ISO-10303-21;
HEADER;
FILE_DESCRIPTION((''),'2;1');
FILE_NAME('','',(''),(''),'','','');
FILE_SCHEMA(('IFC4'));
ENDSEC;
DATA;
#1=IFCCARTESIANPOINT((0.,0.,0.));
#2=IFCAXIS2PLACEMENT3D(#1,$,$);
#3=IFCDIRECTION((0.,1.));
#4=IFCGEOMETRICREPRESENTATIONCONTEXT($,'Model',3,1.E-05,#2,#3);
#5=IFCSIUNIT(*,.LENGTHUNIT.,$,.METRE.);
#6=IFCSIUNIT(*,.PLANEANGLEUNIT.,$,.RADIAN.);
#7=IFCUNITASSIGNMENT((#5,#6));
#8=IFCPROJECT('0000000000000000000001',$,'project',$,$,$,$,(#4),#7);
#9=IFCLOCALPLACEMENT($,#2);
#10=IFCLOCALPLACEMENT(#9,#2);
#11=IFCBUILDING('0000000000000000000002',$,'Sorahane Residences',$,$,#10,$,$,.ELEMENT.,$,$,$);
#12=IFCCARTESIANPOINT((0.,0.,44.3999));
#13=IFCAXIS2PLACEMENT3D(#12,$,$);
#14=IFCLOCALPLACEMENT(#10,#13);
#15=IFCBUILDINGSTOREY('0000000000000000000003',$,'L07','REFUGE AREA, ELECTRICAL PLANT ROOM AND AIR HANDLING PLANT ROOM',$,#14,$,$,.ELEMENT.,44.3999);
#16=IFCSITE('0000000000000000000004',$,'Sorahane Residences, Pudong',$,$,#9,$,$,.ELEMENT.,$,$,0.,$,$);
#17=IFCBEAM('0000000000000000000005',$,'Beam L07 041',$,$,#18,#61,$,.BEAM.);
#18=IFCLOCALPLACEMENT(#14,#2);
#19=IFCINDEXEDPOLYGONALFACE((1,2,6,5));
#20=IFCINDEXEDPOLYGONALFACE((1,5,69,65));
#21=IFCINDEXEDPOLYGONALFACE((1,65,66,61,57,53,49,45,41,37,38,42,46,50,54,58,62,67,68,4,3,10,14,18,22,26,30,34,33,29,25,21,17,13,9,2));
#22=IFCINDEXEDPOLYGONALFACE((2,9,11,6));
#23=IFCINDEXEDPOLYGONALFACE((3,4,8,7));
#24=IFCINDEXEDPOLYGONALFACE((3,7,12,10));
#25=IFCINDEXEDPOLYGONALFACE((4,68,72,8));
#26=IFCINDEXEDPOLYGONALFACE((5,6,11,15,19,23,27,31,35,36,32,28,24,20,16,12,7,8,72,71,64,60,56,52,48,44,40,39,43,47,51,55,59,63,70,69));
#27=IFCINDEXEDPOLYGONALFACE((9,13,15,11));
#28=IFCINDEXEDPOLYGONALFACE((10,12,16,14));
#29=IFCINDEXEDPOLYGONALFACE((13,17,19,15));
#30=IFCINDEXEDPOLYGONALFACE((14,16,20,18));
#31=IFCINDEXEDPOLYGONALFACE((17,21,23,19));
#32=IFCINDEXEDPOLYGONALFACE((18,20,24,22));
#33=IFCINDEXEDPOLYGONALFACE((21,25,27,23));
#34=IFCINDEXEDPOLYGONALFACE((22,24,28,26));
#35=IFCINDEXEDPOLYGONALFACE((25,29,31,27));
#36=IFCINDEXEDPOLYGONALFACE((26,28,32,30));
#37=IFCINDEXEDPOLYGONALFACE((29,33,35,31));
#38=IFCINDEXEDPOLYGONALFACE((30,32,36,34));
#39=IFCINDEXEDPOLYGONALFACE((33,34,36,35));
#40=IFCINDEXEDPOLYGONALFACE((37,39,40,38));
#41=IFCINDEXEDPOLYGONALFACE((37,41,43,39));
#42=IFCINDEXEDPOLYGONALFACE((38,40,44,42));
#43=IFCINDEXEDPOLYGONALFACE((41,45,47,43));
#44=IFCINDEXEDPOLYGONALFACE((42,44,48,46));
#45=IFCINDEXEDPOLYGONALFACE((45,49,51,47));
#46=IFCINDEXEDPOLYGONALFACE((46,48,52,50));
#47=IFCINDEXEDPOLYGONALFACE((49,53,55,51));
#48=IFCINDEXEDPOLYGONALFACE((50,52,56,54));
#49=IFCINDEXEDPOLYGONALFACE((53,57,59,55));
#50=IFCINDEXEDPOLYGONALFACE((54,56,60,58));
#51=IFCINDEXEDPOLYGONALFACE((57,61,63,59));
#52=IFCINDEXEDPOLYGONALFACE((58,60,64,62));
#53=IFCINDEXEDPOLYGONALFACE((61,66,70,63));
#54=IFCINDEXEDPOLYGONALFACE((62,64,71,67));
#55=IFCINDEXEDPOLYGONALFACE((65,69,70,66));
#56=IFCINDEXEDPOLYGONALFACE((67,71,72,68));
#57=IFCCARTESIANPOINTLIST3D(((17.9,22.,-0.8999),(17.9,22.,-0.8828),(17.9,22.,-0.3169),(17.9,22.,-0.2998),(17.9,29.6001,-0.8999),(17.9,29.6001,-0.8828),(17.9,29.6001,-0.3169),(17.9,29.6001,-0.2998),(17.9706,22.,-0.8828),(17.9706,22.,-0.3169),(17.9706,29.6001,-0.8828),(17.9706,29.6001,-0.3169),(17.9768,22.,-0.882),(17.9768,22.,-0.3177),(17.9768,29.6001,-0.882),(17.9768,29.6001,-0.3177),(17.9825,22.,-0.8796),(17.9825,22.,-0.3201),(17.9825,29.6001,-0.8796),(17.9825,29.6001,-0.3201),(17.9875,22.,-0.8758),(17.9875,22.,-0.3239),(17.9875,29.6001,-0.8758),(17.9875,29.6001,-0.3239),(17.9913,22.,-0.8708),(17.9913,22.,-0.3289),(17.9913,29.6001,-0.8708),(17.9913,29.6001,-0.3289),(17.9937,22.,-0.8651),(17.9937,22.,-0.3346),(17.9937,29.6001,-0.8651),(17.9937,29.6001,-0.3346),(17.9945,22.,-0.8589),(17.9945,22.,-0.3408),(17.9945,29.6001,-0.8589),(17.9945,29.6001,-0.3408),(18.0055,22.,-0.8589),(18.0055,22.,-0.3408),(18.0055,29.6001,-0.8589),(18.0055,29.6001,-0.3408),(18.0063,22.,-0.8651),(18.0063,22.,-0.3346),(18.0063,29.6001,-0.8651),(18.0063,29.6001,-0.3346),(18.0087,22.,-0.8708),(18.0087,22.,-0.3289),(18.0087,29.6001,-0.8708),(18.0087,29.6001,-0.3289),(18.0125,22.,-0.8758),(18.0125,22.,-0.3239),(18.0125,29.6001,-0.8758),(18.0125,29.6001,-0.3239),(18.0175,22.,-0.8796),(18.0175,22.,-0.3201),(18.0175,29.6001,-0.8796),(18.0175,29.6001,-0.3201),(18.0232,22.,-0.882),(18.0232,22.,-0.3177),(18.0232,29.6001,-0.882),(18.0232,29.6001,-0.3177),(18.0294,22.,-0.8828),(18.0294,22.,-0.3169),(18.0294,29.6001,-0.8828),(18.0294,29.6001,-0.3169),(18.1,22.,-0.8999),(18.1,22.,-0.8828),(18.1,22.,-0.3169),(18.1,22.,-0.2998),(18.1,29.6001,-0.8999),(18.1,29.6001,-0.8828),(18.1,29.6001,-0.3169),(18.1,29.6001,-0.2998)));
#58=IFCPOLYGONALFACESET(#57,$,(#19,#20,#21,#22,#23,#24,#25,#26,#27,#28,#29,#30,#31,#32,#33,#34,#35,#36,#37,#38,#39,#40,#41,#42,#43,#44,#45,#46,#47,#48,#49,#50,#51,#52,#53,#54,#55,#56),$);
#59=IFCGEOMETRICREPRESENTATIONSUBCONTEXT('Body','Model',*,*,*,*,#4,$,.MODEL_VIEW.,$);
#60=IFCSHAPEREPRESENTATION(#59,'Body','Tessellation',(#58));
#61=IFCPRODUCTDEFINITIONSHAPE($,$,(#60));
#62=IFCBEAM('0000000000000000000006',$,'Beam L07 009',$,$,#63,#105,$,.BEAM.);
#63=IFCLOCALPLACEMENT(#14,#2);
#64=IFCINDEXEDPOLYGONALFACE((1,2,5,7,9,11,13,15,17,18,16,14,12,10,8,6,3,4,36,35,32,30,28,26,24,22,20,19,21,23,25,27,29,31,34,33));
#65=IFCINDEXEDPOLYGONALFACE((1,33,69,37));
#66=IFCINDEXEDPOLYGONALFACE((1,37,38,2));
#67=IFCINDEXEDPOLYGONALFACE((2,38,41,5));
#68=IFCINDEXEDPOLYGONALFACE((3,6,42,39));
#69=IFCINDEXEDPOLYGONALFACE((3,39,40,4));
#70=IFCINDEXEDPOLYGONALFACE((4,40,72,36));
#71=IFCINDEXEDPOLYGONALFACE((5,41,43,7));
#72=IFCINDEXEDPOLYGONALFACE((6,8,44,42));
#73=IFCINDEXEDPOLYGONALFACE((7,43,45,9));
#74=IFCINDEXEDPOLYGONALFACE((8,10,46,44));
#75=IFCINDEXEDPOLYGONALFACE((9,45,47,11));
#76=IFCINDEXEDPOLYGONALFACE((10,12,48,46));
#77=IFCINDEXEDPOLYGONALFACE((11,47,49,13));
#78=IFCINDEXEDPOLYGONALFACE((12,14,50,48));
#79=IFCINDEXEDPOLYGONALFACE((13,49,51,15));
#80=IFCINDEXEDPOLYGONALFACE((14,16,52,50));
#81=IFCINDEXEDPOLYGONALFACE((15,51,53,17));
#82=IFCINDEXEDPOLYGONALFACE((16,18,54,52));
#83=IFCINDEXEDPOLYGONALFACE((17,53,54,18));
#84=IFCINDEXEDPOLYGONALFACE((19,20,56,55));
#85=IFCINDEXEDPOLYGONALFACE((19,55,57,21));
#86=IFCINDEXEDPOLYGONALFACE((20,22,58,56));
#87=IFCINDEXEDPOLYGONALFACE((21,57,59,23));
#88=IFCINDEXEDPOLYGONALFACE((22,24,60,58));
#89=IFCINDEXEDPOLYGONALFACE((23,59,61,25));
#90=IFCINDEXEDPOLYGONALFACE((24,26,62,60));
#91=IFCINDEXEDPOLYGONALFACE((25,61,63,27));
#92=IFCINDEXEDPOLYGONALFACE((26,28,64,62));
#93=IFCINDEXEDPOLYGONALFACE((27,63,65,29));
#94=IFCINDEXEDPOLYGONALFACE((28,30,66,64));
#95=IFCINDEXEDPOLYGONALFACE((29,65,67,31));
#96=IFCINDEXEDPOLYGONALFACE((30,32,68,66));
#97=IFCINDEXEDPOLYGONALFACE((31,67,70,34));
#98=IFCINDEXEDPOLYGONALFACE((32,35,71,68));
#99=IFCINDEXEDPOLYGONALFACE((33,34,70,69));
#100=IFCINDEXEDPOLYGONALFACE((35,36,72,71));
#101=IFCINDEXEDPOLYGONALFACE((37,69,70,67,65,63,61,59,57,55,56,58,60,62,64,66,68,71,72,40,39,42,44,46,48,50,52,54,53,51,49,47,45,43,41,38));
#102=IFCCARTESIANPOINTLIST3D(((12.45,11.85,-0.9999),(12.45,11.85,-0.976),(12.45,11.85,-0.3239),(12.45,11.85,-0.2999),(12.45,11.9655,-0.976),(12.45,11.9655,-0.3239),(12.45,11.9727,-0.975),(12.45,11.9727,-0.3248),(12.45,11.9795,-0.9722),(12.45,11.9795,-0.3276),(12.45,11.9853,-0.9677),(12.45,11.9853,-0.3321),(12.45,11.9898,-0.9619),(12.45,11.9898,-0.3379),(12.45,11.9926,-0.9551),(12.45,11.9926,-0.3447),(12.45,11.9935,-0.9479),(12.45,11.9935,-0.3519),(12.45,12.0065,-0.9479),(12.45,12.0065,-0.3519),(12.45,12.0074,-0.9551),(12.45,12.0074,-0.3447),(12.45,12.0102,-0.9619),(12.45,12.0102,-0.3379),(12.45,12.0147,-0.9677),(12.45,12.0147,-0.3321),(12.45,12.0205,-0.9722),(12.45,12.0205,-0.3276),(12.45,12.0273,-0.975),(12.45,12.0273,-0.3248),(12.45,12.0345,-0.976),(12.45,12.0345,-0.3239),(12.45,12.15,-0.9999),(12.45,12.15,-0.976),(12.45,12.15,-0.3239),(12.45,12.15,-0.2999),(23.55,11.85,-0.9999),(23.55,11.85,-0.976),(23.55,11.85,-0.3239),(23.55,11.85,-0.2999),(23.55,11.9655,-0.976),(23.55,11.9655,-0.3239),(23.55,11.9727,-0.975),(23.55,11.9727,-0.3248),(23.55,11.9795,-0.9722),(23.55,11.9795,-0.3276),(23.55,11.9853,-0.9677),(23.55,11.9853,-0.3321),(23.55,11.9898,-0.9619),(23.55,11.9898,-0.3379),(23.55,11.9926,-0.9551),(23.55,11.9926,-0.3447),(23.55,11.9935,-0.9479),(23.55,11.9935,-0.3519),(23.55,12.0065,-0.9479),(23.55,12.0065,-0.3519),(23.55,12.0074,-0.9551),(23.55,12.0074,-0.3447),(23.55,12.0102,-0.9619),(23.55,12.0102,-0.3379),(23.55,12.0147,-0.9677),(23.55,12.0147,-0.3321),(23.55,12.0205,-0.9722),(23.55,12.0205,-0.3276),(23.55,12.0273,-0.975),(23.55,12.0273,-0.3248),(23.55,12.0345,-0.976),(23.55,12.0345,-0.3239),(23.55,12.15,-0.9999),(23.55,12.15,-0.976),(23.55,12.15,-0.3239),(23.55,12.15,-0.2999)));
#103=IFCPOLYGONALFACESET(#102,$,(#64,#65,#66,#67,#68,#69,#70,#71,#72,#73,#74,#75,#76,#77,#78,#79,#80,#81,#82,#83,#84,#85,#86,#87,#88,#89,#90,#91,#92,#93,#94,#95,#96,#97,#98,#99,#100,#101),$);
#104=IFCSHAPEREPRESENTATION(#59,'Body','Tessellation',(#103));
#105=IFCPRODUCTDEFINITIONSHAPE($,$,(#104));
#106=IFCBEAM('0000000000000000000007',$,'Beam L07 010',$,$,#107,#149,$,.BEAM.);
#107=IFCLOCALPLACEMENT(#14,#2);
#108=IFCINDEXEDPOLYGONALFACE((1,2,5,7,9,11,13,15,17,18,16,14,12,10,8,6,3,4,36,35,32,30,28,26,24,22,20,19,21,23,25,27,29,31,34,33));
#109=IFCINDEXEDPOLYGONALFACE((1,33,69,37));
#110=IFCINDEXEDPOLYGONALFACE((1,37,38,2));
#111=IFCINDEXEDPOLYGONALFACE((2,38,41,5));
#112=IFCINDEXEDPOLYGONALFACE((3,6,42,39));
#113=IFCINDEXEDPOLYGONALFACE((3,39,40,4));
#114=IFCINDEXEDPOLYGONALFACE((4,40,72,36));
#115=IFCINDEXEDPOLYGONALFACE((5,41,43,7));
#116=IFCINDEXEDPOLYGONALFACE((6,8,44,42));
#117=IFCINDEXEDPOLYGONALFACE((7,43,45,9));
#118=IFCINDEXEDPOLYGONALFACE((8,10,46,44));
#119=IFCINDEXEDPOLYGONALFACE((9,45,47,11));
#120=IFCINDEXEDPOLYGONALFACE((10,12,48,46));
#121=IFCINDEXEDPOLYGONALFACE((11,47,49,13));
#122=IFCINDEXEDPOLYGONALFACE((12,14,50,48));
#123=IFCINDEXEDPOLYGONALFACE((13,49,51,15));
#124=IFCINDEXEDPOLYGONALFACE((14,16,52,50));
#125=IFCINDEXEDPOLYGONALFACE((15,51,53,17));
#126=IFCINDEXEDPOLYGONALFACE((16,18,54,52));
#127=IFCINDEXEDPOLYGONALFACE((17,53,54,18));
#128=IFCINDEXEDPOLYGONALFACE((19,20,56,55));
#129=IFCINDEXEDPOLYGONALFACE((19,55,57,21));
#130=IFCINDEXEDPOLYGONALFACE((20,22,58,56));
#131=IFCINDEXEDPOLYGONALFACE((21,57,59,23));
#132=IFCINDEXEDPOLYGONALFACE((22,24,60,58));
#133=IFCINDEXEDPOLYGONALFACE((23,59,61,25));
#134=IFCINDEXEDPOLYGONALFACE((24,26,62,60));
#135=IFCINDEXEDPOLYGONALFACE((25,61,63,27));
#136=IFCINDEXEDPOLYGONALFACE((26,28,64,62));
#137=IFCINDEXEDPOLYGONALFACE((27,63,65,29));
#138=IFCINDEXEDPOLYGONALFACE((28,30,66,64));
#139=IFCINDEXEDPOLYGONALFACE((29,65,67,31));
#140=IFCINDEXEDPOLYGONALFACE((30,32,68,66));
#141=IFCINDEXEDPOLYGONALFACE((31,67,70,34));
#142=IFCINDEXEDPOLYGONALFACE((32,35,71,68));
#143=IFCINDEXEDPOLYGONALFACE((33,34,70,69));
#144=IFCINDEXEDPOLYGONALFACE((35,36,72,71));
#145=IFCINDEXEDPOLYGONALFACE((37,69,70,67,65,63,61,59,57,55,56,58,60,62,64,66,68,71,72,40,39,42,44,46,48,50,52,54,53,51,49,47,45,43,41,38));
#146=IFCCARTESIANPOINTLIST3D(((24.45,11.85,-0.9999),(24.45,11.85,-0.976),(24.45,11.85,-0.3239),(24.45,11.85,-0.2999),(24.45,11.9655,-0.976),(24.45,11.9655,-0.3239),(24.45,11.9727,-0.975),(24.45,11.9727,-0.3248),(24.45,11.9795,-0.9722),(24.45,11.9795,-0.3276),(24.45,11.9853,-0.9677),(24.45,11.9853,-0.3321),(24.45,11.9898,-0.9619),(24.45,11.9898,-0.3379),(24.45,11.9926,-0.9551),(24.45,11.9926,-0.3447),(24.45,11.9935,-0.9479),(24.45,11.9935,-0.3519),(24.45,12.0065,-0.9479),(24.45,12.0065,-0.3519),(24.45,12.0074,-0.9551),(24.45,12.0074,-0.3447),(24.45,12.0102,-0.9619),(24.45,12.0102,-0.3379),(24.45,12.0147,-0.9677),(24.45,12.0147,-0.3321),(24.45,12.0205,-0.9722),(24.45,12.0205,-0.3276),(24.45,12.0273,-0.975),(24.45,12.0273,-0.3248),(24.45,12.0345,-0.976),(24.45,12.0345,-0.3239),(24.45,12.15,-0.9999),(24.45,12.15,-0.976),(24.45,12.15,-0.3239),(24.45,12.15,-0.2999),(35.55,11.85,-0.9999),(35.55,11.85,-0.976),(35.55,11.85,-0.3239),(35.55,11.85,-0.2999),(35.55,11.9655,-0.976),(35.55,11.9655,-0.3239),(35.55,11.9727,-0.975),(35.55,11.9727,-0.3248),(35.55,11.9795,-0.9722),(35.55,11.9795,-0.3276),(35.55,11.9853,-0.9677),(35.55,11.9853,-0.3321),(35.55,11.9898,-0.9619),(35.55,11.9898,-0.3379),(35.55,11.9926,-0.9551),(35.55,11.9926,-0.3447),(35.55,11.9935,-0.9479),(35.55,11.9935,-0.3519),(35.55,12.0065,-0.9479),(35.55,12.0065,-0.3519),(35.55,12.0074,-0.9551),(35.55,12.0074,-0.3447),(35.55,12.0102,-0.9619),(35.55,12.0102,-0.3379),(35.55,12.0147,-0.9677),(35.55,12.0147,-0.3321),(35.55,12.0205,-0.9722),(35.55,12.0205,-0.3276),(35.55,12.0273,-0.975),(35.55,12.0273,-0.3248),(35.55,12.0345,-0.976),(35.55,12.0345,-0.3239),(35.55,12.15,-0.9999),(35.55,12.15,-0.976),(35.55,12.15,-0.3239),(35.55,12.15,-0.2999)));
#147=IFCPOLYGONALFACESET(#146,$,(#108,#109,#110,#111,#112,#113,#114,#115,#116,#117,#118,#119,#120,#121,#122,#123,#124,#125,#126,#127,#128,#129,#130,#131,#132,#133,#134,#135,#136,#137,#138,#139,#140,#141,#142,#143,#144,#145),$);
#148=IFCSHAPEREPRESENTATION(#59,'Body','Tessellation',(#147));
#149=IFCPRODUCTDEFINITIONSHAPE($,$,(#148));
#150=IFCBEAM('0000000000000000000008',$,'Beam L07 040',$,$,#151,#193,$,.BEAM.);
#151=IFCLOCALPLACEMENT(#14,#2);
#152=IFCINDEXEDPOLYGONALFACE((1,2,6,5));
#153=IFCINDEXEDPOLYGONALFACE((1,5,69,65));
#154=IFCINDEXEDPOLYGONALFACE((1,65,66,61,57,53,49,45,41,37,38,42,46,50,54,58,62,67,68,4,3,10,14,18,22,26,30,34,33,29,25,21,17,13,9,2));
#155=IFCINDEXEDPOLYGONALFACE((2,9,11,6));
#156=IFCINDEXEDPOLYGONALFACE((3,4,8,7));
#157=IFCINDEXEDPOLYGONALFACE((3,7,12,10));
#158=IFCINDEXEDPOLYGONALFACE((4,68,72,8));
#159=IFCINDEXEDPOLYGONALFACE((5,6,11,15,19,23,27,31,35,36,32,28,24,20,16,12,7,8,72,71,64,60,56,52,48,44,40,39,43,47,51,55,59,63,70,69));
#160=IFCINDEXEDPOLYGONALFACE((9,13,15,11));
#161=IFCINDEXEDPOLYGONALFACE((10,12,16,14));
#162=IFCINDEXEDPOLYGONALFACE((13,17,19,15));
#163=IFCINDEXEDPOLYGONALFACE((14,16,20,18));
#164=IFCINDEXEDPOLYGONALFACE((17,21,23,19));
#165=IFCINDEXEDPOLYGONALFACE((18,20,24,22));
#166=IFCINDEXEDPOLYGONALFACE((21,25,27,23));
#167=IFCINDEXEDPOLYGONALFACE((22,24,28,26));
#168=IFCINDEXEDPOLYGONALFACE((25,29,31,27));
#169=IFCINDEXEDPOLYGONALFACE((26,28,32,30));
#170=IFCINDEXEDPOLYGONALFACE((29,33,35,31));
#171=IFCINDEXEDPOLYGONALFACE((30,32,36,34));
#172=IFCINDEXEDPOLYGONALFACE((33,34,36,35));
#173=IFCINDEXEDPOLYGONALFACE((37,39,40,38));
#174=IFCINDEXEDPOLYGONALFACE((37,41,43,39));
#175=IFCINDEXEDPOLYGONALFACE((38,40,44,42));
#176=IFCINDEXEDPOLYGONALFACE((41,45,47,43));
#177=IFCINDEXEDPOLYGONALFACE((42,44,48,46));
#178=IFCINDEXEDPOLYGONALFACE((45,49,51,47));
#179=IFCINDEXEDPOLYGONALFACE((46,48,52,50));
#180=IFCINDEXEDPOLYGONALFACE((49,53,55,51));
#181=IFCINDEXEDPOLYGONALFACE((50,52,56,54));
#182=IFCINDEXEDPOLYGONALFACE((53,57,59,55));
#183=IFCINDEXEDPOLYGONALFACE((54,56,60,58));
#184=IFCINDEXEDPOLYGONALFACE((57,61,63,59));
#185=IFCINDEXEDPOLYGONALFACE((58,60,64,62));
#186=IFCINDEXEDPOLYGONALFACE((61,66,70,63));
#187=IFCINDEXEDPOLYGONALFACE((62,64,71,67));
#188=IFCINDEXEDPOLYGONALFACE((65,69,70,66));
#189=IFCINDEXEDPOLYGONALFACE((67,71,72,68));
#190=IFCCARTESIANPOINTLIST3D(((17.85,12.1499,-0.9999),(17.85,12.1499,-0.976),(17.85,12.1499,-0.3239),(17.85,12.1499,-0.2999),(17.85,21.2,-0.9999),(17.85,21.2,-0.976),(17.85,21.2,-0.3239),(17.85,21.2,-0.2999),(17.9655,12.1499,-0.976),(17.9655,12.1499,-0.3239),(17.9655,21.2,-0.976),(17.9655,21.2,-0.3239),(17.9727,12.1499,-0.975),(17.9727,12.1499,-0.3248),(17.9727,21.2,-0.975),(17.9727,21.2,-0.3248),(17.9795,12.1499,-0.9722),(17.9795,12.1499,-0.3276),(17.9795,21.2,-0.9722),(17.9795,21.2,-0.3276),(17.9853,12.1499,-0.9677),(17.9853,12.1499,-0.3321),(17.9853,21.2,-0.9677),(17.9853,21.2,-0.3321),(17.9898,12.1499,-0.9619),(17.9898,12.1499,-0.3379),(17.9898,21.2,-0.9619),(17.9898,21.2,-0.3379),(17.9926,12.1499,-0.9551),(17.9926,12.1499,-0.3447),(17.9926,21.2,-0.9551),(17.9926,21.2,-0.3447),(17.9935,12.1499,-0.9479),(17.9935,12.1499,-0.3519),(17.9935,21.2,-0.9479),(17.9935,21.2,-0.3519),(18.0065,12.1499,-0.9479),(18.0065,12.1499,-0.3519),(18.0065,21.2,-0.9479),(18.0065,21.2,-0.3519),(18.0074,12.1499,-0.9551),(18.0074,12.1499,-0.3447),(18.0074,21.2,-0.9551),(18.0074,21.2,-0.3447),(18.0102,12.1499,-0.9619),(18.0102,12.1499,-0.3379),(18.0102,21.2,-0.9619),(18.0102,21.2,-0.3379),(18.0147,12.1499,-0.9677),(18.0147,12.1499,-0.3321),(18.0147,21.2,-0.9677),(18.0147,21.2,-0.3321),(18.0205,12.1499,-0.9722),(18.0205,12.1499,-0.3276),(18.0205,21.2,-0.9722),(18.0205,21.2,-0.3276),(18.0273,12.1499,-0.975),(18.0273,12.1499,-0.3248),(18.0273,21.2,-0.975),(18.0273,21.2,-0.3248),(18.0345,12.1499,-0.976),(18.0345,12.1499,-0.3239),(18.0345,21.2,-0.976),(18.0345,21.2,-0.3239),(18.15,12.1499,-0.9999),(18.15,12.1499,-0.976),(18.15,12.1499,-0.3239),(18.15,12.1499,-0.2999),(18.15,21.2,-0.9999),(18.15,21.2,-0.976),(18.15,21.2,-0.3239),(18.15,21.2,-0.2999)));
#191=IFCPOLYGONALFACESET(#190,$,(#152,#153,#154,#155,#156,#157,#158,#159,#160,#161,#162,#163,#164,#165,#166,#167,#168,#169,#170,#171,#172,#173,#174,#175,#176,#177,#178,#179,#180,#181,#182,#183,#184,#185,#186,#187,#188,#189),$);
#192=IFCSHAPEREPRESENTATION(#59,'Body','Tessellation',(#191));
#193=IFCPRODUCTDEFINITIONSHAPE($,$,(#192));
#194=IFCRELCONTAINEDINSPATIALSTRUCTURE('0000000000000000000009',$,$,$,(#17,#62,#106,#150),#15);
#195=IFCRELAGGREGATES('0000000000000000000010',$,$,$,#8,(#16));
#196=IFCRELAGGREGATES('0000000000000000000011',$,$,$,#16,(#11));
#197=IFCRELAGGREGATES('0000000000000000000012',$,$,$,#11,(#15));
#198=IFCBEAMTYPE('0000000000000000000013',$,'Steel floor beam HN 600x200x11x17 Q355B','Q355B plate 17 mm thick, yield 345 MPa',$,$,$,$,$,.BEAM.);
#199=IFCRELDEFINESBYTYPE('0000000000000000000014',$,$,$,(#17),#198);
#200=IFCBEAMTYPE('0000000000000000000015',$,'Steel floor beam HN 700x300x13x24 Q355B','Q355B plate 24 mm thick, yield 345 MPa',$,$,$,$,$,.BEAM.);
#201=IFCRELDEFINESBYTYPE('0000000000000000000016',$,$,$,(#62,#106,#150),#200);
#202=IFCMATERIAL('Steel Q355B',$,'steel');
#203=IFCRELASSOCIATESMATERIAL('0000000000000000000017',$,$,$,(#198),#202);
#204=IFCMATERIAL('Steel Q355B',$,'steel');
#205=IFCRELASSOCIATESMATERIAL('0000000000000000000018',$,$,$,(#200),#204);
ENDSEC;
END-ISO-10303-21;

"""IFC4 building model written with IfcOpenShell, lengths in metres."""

from ifc_helpers import new_model, si_unit, direction, frame, origin, origin_2d, place, context, subcontext, project, spatial, i_section, extrude, material, material_profile, profile_set, type_object, element, save


model = new_model("IFC4")

# Units and contexts
model_context = context("Model", 3, precision=1e-05, world=origin(), true_north=direction((0.0, 1.0)))
body_context = subcontext(model_context, "Body", "Model", "MODEL_VIEW")
ifc_project = project(units=[si_unit("LENGTHUNIT", "METRE"), si_unit("PLANEANGLEUNIT", "RADIAN")], contexts=[model_context])

# Site, building, storey
site_placement = place(None, origin())
site = spatial("IfcSite", under=ifc_project, at=site_placement, Name="Sorahane Residences, Pudong", CompositionType="ELEMENT", RefElevation=0.0)
building_placement = place(site_placement, origin())
building = spatial("IfcBuilding", under=site, at=building_placement, Name="Sorahane Residences", CompositionType="ELEMENT")
storey_placement = place(building_placement, frame((0.0, 0.0, 44.3999)))
storey = spatial("IfcBuildingStorey", under=building, at=storey_placement, Name="L07", Description="REFUGE AREA, ELECTRICAL PLANT ROOM AND AIR HANDLING PLANT ROOM", CompositionType="ELEMENT", Elevation=44.3999)

# Beams
ifc_material_1 = material(Name="Steel Q355B", Category="steel")
ifc_material_profile_1 = material_profile(ifc_material_1, i_section(OverallWidth=0.2, OverallDepth=0.6001, WebThickness=0.011, FlangeThickness=0.0171, FilletRadius=0.0239, at=origin_2d()), Name="HN 600x200x11x17")
ifc_profile_set_1 = profile_set([ifc_material_profile_1], Name="Steel Q355B")
beam_type_1 = type_object("IfcBeamType", Name="Steel floor beam HN 600x200x11x17 Q355B", Description="Q355B plate 17 mm thick, yield 345 MPa", PredefinedType="BEAM", material=ifc_profile_set_1)
beam_1_placement = place(storey_placement, frame((18.0, 22.0, -0.5999), z_axis=(0.0, 1.0, 0.0), x_axis=(-1.0, 0.0, 0.0)))
element("IfcBeam", 1, at=beam_1_placement, inside=storey, type_object=beam_type_1, Name="Beam L07 041", PredefinedType="BEAM", context=body_context, shape_type="SweptSolid", body=[
    extrude(i_section(OverallWidth=0.2, OverallDepth=0.6001, WebThickness=0.011, FlangeThickness=0.0171, FilletRadius=0.0239, at=origin_2d()), origin(), (0.0, 0.0, 1.0), 7.6001),
])
ifc_material_2 = material(Name="Steel Q355B", Category="steel")
ifc_material_profile_2 = material_profile(ifc_material_2, i_section(OverallWidth=0.3, OverallDepth=0.7, WebThickness=0.0129, FlangeThickness=0.0239, FilletRadius=0.0281, at=origin_2d()), Name="HN 700x300x13x24")
ifc_profile_set_2 = profile_set([ifc_material_profile_2], Name="Steel Q355B")
beam_type_2 = type_object("IfcBeamType", Name="Steel floor beam HN 700x300x13x24 Q355B", Description="Q355B plate 24 mm thick, yield 345 MPa", PredefinedType="BEAM", material=ifc_profile_set_2)
for number, where, z_axis, x_axis, name in (
    (2, (12.45, 12.0, -0.6499), (1.0, 0.0, 0.0), (0.0, 1.0, 0.0), "Beam L07 009"),
    (3, (24.45, 12.0, -0.6499), (1.0, 0.0, 0.0), (0.0, 1.0, 0.0), "Beam L07 010"),
):
    element("IfcBeam", number, at=place(storey_placement, frame(where, z_axis=z_axis, x_axis=x_axis)), inside=storey, type_object=beam_type_2, Name=name, PredefinedType="BEAM", context=body_context, shape_type="SweptSolid", body=[
        extrude(i_section(OverallWidth=0.3, OverallDepth=0.7, WebThickness=0.0129, FlangeThickness=0.0239, FilletRadius=0.0281, at=origin_2d()), origin(), (0.0, 0.0, 1.0), 11.1001),
    ])
beam_2_placement = place(storey_placement, frame((18.0, 12.1499, -0.6499), z_axis=(0.0, 1.0, 0.0), x_axis=(-1.0, 0.0, 0.0)))
element("IfcBeam", 4, at=beam_2_placement, inside=storey, type_object=beam_type_2, Name="Beam L07 040", PredefinedType="BEAM", context=body_context, shape_type="SweptSolid", body=[
    extrude(i_section(OverallWidth=0.3, OverallDepth=0.7, WebThickness=0.0129, FlangeThickness=0.0239, FilletRadius=0.0281, at=origin_2d()), origin(), (0.0, 0.0, 1.0), 9.05),
])

save(model, "model.ifc")
